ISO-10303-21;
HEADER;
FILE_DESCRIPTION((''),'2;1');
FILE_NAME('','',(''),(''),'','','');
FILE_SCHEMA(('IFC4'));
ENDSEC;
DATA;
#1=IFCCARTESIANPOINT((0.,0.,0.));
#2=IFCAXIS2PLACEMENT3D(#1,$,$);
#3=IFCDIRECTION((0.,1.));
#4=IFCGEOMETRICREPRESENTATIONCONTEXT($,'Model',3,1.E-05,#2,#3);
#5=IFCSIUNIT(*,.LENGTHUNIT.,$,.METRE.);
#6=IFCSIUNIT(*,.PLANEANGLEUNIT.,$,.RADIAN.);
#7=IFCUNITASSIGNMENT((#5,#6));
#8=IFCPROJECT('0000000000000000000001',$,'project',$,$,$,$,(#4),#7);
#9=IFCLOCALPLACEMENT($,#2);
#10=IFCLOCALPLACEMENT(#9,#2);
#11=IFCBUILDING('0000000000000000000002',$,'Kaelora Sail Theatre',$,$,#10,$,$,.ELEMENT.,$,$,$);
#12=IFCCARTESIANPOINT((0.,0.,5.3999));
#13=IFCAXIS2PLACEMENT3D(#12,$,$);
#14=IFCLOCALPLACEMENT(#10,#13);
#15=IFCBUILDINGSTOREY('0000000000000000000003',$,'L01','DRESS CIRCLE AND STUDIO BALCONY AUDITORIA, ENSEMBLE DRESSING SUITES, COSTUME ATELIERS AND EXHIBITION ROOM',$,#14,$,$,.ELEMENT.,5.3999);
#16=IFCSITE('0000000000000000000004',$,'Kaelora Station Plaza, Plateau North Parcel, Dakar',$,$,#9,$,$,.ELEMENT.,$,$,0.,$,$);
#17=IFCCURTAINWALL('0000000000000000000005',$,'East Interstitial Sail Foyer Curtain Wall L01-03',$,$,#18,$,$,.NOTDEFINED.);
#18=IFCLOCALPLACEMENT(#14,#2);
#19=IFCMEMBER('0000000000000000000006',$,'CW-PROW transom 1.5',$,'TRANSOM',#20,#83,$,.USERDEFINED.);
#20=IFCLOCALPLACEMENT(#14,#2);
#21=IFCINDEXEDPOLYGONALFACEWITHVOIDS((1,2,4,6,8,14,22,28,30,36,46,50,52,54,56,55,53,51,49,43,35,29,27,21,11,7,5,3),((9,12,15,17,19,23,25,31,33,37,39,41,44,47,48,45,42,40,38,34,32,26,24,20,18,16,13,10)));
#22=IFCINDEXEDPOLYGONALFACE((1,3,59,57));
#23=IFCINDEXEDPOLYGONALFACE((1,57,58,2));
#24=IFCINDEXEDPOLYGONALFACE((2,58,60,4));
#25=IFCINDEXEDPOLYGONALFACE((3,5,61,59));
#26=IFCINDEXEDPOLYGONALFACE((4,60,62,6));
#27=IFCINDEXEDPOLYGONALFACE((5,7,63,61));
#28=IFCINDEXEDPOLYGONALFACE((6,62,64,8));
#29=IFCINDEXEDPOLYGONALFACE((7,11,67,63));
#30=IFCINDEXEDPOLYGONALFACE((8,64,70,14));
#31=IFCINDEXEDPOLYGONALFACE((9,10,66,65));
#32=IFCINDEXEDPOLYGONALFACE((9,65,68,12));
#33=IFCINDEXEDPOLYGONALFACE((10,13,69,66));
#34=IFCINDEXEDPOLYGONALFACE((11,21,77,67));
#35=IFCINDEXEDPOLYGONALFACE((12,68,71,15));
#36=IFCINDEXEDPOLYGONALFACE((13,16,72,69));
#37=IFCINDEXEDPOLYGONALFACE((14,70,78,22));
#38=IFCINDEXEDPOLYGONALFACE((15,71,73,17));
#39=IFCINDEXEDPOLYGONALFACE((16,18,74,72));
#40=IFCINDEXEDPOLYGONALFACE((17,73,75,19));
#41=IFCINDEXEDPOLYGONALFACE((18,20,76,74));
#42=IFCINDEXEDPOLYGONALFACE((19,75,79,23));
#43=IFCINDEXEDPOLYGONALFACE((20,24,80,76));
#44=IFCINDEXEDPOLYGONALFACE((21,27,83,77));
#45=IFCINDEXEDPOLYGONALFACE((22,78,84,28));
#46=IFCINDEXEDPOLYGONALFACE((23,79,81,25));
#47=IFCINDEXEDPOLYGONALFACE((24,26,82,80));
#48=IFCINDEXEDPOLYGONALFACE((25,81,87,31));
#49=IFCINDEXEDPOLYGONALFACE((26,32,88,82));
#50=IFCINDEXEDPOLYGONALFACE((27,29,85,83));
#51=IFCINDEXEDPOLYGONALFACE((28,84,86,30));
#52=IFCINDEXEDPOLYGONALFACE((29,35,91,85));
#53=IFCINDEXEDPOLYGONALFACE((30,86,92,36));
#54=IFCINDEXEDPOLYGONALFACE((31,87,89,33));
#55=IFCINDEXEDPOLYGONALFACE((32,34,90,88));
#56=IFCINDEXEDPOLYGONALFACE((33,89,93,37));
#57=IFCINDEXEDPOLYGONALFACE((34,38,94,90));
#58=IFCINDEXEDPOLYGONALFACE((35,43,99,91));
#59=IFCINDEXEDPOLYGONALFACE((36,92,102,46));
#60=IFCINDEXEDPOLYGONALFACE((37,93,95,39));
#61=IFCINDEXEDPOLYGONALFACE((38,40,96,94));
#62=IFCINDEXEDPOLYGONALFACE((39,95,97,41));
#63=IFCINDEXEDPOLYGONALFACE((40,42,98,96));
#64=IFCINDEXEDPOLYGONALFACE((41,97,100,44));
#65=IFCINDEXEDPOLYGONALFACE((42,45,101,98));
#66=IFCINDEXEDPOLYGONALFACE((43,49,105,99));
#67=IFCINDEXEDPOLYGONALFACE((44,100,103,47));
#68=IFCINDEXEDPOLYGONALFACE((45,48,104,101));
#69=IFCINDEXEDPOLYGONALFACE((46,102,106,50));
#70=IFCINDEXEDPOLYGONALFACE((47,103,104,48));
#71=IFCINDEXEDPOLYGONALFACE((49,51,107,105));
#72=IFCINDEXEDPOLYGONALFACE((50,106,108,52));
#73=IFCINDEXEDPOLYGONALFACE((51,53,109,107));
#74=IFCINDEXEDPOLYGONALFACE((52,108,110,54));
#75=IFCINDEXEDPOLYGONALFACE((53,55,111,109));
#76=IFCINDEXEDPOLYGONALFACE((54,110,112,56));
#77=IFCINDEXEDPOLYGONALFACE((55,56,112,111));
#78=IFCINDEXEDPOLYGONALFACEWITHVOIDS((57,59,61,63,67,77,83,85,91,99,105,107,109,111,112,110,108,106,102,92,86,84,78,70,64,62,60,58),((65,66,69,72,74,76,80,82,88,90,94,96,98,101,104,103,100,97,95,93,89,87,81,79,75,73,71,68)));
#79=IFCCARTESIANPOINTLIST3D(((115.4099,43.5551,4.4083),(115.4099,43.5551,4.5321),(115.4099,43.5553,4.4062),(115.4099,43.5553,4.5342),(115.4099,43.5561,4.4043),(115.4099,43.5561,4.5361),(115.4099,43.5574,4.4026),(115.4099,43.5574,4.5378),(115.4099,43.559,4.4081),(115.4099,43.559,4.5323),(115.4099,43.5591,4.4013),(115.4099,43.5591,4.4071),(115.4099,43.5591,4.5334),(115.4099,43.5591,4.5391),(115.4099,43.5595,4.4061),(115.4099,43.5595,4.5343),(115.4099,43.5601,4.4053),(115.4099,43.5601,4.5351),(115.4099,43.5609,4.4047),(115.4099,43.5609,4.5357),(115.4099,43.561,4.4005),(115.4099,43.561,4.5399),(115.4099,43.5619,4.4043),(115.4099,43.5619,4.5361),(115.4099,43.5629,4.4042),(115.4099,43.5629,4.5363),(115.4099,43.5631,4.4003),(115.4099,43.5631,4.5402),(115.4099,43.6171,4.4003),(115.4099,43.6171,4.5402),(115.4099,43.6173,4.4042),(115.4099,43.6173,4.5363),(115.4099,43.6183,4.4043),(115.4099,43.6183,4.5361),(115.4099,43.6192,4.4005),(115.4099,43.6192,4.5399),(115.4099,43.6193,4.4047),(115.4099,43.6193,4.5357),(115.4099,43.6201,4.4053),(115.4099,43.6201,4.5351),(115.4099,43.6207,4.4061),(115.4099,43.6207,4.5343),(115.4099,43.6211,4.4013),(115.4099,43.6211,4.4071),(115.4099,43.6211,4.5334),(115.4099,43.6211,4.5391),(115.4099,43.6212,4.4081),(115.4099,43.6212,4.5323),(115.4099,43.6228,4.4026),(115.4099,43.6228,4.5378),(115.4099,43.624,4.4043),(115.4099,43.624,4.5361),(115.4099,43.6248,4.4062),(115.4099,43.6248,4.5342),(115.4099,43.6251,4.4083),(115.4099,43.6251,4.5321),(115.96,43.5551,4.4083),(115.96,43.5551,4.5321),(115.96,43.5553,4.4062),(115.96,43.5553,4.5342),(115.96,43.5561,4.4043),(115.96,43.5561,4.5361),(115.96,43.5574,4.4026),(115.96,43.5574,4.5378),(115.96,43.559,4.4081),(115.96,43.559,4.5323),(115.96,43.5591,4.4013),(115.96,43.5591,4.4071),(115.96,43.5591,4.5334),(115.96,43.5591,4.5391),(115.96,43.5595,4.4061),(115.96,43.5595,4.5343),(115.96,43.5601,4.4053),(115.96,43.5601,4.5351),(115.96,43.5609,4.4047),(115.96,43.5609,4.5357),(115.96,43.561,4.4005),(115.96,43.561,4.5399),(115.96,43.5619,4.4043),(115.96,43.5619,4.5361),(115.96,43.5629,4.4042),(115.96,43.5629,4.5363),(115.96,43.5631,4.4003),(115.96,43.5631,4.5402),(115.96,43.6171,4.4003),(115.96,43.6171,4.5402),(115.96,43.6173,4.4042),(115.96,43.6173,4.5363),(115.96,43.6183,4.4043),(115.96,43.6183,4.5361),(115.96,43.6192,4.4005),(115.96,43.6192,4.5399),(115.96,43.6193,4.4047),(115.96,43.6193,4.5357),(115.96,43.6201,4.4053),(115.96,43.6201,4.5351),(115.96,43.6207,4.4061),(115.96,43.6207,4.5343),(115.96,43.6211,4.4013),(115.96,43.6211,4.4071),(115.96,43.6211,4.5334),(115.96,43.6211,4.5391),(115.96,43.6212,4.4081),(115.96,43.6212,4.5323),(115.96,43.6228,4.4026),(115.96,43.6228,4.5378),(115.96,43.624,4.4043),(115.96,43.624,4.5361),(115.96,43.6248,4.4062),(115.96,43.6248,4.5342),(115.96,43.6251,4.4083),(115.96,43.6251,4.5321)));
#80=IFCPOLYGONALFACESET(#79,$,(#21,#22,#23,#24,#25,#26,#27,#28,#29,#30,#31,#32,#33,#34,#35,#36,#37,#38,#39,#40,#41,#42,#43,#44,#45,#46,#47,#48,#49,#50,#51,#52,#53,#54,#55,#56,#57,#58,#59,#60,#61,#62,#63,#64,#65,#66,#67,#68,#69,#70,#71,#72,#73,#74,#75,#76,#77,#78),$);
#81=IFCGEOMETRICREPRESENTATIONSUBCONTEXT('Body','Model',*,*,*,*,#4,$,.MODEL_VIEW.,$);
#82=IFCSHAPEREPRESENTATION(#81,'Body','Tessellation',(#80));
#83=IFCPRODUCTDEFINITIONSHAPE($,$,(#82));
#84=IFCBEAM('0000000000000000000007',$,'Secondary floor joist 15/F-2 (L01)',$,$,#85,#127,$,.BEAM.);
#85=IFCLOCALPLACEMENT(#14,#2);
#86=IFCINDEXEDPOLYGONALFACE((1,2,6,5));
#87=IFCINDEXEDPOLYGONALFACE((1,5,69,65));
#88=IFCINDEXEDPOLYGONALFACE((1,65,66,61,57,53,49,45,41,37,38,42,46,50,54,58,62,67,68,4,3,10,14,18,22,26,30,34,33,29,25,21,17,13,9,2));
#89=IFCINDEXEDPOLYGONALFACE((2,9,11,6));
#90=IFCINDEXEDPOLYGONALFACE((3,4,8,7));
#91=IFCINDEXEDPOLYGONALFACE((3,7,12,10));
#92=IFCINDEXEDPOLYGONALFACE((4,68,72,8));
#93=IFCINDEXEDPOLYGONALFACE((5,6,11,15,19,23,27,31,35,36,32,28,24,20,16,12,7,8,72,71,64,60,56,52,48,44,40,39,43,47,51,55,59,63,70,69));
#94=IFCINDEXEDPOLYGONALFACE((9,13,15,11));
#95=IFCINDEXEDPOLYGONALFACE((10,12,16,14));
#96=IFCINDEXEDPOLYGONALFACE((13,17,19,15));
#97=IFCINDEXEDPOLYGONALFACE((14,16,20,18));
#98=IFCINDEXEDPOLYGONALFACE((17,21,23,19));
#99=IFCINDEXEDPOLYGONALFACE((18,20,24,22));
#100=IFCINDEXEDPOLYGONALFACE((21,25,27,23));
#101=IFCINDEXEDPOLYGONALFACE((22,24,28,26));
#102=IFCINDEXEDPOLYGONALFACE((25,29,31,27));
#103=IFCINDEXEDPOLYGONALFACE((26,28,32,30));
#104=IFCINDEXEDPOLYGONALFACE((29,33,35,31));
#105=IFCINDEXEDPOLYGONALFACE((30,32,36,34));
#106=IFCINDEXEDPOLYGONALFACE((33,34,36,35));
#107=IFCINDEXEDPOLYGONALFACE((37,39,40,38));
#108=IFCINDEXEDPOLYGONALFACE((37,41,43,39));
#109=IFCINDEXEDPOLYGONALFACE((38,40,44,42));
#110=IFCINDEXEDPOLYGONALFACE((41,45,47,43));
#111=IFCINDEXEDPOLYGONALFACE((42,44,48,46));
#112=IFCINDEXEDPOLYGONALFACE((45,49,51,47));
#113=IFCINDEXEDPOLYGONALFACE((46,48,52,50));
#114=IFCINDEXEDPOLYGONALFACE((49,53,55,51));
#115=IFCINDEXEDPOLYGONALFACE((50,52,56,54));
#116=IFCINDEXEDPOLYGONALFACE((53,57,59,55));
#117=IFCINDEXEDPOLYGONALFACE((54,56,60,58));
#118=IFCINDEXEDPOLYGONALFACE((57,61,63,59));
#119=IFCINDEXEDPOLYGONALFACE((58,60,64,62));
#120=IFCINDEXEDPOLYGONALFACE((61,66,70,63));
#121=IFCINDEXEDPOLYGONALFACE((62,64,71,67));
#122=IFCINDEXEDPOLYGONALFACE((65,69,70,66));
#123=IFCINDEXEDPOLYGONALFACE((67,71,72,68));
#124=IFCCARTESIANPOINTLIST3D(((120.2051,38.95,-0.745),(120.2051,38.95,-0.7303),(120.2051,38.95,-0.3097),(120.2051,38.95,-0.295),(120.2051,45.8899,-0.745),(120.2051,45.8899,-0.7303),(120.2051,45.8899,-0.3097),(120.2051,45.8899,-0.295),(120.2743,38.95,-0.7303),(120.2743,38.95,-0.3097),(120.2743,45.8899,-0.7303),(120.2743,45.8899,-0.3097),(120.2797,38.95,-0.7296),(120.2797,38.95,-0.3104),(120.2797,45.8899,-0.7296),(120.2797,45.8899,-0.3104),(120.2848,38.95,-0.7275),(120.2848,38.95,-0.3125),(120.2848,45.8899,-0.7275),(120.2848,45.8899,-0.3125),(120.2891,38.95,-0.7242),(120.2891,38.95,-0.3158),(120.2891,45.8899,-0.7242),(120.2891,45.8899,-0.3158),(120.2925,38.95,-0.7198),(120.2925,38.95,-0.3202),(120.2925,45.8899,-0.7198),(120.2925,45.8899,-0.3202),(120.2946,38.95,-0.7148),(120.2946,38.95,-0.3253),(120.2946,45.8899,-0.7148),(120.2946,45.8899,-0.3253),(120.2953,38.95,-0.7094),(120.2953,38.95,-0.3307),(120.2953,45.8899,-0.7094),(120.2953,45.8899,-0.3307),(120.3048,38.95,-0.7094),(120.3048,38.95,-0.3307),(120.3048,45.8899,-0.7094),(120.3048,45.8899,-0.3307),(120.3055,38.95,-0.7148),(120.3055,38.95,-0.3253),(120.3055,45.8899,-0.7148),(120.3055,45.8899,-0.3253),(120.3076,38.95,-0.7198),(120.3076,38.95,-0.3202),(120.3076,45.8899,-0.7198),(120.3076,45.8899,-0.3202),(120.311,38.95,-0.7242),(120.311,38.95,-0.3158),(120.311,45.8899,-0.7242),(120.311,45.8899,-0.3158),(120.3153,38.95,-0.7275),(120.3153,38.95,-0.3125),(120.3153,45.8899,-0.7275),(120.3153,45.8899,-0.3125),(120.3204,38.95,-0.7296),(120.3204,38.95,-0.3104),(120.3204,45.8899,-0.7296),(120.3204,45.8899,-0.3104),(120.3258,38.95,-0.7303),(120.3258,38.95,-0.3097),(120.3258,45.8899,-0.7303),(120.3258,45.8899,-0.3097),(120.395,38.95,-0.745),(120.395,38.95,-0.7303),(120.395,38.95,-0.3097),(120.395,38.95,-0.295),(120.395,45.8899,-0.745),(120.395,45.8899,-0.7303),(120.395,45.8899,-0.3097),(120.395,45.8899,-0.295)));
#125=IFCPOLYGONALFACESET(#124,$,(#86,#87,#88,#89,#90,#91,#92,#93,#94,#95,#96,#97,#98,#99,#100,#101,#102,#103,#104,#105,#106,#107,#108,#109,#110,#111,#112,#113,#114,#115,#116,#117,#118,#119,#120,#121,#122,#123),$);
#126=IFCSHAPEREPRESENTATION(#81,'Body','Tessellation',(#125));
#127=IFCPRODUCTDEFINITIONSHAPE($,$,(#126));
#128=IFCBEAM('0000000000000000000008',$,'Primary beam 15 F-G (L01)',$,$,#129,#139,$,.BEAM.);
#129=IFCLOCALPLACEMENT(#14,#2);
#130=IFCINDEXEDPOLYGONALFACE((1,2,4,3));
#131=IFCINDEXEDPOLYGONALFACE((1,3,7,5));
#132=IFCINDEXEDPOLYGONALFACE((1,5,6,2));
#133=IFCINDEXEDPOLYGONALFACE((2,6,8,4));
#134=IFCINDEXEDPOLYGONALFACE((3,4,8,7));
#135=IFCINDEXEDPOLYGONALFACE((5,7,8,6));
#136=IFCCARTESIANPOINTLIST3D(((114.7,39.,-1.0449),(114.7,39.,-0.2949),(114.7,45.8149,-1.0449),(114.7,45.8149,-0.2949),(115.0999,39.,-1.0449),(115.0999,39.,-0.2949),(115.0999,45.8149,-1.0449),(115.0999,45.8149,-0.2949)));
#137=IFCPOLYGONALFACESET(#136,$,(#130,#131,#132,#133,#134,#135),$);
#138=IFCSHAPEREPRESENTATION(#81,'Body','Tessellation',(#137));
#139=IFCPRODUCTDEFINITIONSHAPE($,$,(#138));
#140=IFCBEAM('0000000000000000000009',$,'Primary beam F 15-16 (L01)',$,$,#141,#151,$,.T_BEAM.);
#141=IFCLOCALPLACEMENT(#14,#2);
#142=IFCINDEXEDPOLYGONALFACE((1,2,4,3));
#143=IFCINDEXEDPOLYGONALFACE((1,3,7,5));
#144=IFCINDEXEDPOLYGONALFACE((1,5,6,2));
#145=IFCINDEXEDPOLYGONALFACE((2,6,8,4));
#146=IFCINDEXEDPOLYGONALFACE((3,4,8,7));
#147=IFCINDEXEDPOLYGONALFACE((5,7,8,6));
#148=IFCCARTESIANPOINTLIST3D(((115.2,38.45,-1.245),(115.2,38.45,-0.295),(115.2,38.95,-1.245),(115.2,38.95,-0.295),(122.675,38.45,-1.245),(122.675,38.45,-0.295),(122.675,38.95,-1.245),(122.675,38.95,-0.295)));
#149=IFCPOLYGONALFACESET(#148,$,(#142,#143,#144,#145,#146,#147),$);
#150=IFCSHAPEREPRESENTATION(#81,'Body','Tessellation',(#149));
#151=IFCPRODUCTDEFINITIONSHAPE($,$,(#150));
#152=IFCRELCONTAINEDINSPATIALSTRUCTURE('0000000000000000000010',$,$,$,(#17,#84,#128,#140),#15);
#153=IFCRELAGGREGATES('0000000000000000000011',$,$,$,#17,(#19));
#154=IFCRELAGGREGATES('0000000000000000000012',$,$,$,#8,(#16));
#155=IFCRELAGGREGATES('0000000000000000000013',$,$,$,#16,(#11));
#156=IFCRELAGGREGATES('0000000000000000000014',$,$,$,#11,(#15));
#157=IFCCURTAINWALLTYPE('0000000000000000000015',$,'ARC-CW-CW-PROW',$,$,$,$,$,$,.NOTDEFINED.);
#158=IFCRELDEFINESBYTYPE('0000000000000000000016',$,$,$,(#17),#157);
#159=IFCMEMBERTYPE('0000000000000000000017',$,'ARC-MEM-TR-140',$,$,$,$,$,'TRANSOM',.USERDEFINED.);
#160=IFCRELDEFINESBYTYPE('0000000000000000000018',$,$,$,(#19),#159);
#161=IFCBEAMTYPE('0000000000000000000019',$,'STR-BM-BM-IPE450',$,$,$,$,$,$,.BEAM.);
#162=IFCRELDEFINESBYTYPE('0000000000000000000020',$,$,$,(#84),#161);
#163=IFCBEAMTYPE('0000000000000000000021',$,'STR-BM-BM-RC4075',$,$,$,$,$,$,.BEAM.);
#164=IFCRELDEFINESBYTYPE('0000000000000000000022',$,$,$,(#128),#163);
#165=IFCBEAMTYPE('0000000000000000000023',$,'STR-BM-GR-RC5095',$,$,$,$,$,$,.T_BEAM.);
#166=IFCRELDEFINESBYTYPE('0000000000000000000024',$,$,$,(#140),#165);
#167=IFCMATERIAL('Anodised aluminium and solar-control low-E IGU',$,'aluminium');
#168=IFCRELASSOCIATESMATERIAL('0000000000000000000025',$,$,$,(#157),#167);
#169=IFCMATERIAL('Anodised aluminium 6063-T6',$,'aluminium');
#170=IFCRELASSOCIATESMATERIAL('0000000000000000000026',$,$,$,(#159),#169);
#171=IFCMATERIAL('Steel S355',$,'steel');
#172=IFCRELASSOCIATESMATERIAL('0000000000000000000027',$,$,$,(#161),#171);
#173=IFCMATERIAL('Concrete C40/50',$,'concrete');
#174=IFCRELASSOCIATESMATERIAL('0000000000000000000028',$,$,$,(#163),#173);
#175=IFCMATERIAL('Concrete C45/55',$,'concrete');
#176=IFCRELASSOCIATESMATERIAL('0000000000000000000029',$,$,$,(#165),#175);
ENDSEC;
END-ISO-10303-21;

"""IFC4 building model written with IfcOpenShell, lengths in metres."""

from ifc_helpers import new_model, si_unit, direction, frame, origin, origin_2d, place, context, subcontext, project, spatial, rectangle, hollow_rectangle, i_section, extrude, material, material_profile, profile_set, type_object, element, aggregate, save


model = new_model("IFC4")

# Units and contexts
model_context = context("Model", 3, precision=1e-05, world=origin(), true_north=direction((0.0, 1.0)))
body_context = subcontext(model_context, "Body", "Model", "MODEL_VIEW")
ifc_project = project(units=[si_unit("LENGTHUNIT", "METRE"), si_unit("PLANEANGLEUNIT", "RADIAN")], contexts=[model_context])

# Site, building, storey
site_placement = place(None, origin())
site = spatial("IfcSite", under=ifc_project, at=site_placement, Name="Kaelora Station Plaza, Plateau North Parcel, Dakar", CompositionType="ELEMENT", RefElevation=0.0)
building_placement = place(site_placement, origin())
building = spatial("IfcBuilding", under=site, at=building_placement, Name="Kaelora Sail Theatre", CompositionType="ELEMENT")
storey_placement = place(building_placement, frame((0.0, 0.0, 5.3999)))
storey = spatial("IfcBuildingStorey", under=building, at=storey_placement, Name="L01", Description="DRESS CIRCLE AND STUDIO BALCONY AUDITORIA, ENSEMBLE DRESSING SUITES, COSTUME ATELIERS AND EXHIBITION ROOM", CompositionType="ELEMENT", Elevation=5.3999)

# Shared definitions
ifc_material_1 = material(Name="Anodised aluminium and solar-control low-E IGU", Category="aluminium")
curtain_wall_type = type_object("IfcCurtainWallType", Name="ARC-CW-CW-PROW", PredefinedType="NOTDEFINED", material=ifc_material_1)

# Curtain wall
curtain_wall_1_placement = place(storey_placement, origin())
curtain_wall_1 = element("IfcCurtainWall", 1, at=curtain_wall_1_placement, inside=storey, type_object=curtain_wall_type, Name="East Interstitial Sail Foyer Curtain Wall L01-03", PredefinedType="NOTDEFINED")

# Member
ifc_material_2 = material(Name="Anodised aluminium 6063-T6", Category="aluminium")
ifc_material_profile_1 = material_profile(ifc_material_2, hollow_rectangle(XDim=0.0701, YDim=0.1399, WallThickness=0.0039, InnerFilletRadius=0.0039, OuterFilletRadius=0.0081, at=origin_2d()), Name="ALU-TRAN 70x140x4")
ifc_profile_set_1 = profile_set([ifc_material_profile_1], Name="Anodised aluminium 6063-T6")
member_type_1 = type_object("IfcMemberType", Name="ARC-MEM-TR-140", ElementType="TRANSOM", PredefinedType="USERDEFINED", material=ifc_profile_set_1)
member_1_placement = place(storey_placement, frame((115.4099, 43.5901, 4.4702), z_axis=(1.0, 0.0, 0.0), x_axis=(0.0, 1.0, 0.0)))
member_1 = element("IfcMember", 2, at=member_1_placement, type_object=member_type_1, Name="CW-PROW transom 1.5", ObjectType="TRANSOM", PredefinedType="USERDEFINED", context=body_context, shape_type="SweptSolid", body=[
    extrude(hollow_rectangle(XDim=0.0701, YDim=0.1399, WallThickness=0.0039, InnerFilletRadius=0.0039, OuterFilletRadius=0.0081, at=origin_2d()), origin(), (0.0, 0.0, 1.0), 0.55),
])

# Beams
ifc_material_3 = material(Name="Steel S355", Category="steel")
ifc_material_profile_2 = material_profile(ifc_material_3, i_section(OverallWidth=0.1899, OverallDepth=0.45, WebThickness=0.0095, FlangeThickness=0.0146, FilletRadius=0.021, at=origin_2d()), Name="IPE 450")
ifc_profile_set_2 = profile_set([ifc_material_profile_2], Name="Steel S355")
beam_type_1 = type_object("IfcBeamType", Name="STR-BM-BM-IPE450", PredefinedType="BEAM", material=ifc_profile_set_2)
beam_1_placement = place(storey_placement, frame((120.3, 38.95, -0.52), z_axis=(0.0, 1.0, 0.0), x_axis=(-1.0, 0.0, 0.0)))
element("IfcBeam", 3, at=beam_1_placement, inside=storey, type_object=beam_type_1, Name="Secondary floor joist 15/F-2 (L01)", PredefinedType="BEAM", context=body_context, shape_type="SweptSolid", body=[
    extrude(i_section(OverallWidth=0.1899, OverallDepth=0.45, WebThickness=0.0095, FlangeThickness=0.0146, FilletRadius=0.021, at=origin_2d()), origin(), (0.0, 0.0, 1.0), 6.9399),
])
ifc_material_4 = material(Name="Concrete C40/50", Category="concrete")
ifc_material_profile_3 = material_profile(ifc_material_4, rectangle(XDim=0.3999, YDim=0.75, at=origin_2d()), Name="RC-BM 400x750")
ifc_profile_set_3 = profile_set([ifc_material_profile_3], Name="Concrete C40/50")
beam_type_2 = type_object("IfcBeamType", Name="STR-BM-BM-RC4075", PredefinedType="BEAM", material=ifc_profile_set_3)
beam_2_placement = place(storey_placement, frame((114.8999, 39.0, -0.6699), z_axis=(0.0, 1.0, 0.0), x_axis=(-1.0, 0.0, 0.0)))
element("IfcBeam", 4, at=beam_2_placement, inside=storey, type_object=beam_type_2, Name="Primary beam 15 F-G (L01)", PredefinedType="BEAM", context=body_context, shape_type="SweptSolid", body=[
    extrude(rectangle(XDim=0.3999, YDim=0.75, at=origin_2d()), origin(), (0.0, 0.0, 1.0), 6.8149),
])
ifc_material_5 = material(Name="Concrete C45/55", Category="concrete")
ifc_material_profile_4 = material_profile(ifc_material_5, rectangle(XDim=0.5, YDim=0.95, at=origin_2d()), Name="RC-GRD 500x950")
ifc_profile_set_4 = profile_set([ifc_material_profile_4], Name="Concrete C45/55")
beam_type_3 = type_object("IfcBeamType", Name="STR-BM-GR-RC5095", PredefinedType="T_BEAM", material=ifc_profile_set_4)
beam_3_placement = place(storey_placement, frame((115.2, 38.7, -0.77), z_axis=(1.0, 0.0, 0.0), x_axis=(0.0, 1.0, 0.0)))
element("IfcBeam", 5, at=beam_3_placement, inside=storey, type_object=beam_type_3, Name="Primary beam F 15-16 (L01)", PredefinedType="T_BEAM", context=body_context, shape_type="SweptSolid", body=[
    extrude(rectangle(XDim=0.5, YDim=0.95, at=origin_2d()), origin(), (0.0, 0.0, 1.0), 7.4751),
])

aggregate(curtain_wall_1, [member_1])

save(model, "model.ifc")
